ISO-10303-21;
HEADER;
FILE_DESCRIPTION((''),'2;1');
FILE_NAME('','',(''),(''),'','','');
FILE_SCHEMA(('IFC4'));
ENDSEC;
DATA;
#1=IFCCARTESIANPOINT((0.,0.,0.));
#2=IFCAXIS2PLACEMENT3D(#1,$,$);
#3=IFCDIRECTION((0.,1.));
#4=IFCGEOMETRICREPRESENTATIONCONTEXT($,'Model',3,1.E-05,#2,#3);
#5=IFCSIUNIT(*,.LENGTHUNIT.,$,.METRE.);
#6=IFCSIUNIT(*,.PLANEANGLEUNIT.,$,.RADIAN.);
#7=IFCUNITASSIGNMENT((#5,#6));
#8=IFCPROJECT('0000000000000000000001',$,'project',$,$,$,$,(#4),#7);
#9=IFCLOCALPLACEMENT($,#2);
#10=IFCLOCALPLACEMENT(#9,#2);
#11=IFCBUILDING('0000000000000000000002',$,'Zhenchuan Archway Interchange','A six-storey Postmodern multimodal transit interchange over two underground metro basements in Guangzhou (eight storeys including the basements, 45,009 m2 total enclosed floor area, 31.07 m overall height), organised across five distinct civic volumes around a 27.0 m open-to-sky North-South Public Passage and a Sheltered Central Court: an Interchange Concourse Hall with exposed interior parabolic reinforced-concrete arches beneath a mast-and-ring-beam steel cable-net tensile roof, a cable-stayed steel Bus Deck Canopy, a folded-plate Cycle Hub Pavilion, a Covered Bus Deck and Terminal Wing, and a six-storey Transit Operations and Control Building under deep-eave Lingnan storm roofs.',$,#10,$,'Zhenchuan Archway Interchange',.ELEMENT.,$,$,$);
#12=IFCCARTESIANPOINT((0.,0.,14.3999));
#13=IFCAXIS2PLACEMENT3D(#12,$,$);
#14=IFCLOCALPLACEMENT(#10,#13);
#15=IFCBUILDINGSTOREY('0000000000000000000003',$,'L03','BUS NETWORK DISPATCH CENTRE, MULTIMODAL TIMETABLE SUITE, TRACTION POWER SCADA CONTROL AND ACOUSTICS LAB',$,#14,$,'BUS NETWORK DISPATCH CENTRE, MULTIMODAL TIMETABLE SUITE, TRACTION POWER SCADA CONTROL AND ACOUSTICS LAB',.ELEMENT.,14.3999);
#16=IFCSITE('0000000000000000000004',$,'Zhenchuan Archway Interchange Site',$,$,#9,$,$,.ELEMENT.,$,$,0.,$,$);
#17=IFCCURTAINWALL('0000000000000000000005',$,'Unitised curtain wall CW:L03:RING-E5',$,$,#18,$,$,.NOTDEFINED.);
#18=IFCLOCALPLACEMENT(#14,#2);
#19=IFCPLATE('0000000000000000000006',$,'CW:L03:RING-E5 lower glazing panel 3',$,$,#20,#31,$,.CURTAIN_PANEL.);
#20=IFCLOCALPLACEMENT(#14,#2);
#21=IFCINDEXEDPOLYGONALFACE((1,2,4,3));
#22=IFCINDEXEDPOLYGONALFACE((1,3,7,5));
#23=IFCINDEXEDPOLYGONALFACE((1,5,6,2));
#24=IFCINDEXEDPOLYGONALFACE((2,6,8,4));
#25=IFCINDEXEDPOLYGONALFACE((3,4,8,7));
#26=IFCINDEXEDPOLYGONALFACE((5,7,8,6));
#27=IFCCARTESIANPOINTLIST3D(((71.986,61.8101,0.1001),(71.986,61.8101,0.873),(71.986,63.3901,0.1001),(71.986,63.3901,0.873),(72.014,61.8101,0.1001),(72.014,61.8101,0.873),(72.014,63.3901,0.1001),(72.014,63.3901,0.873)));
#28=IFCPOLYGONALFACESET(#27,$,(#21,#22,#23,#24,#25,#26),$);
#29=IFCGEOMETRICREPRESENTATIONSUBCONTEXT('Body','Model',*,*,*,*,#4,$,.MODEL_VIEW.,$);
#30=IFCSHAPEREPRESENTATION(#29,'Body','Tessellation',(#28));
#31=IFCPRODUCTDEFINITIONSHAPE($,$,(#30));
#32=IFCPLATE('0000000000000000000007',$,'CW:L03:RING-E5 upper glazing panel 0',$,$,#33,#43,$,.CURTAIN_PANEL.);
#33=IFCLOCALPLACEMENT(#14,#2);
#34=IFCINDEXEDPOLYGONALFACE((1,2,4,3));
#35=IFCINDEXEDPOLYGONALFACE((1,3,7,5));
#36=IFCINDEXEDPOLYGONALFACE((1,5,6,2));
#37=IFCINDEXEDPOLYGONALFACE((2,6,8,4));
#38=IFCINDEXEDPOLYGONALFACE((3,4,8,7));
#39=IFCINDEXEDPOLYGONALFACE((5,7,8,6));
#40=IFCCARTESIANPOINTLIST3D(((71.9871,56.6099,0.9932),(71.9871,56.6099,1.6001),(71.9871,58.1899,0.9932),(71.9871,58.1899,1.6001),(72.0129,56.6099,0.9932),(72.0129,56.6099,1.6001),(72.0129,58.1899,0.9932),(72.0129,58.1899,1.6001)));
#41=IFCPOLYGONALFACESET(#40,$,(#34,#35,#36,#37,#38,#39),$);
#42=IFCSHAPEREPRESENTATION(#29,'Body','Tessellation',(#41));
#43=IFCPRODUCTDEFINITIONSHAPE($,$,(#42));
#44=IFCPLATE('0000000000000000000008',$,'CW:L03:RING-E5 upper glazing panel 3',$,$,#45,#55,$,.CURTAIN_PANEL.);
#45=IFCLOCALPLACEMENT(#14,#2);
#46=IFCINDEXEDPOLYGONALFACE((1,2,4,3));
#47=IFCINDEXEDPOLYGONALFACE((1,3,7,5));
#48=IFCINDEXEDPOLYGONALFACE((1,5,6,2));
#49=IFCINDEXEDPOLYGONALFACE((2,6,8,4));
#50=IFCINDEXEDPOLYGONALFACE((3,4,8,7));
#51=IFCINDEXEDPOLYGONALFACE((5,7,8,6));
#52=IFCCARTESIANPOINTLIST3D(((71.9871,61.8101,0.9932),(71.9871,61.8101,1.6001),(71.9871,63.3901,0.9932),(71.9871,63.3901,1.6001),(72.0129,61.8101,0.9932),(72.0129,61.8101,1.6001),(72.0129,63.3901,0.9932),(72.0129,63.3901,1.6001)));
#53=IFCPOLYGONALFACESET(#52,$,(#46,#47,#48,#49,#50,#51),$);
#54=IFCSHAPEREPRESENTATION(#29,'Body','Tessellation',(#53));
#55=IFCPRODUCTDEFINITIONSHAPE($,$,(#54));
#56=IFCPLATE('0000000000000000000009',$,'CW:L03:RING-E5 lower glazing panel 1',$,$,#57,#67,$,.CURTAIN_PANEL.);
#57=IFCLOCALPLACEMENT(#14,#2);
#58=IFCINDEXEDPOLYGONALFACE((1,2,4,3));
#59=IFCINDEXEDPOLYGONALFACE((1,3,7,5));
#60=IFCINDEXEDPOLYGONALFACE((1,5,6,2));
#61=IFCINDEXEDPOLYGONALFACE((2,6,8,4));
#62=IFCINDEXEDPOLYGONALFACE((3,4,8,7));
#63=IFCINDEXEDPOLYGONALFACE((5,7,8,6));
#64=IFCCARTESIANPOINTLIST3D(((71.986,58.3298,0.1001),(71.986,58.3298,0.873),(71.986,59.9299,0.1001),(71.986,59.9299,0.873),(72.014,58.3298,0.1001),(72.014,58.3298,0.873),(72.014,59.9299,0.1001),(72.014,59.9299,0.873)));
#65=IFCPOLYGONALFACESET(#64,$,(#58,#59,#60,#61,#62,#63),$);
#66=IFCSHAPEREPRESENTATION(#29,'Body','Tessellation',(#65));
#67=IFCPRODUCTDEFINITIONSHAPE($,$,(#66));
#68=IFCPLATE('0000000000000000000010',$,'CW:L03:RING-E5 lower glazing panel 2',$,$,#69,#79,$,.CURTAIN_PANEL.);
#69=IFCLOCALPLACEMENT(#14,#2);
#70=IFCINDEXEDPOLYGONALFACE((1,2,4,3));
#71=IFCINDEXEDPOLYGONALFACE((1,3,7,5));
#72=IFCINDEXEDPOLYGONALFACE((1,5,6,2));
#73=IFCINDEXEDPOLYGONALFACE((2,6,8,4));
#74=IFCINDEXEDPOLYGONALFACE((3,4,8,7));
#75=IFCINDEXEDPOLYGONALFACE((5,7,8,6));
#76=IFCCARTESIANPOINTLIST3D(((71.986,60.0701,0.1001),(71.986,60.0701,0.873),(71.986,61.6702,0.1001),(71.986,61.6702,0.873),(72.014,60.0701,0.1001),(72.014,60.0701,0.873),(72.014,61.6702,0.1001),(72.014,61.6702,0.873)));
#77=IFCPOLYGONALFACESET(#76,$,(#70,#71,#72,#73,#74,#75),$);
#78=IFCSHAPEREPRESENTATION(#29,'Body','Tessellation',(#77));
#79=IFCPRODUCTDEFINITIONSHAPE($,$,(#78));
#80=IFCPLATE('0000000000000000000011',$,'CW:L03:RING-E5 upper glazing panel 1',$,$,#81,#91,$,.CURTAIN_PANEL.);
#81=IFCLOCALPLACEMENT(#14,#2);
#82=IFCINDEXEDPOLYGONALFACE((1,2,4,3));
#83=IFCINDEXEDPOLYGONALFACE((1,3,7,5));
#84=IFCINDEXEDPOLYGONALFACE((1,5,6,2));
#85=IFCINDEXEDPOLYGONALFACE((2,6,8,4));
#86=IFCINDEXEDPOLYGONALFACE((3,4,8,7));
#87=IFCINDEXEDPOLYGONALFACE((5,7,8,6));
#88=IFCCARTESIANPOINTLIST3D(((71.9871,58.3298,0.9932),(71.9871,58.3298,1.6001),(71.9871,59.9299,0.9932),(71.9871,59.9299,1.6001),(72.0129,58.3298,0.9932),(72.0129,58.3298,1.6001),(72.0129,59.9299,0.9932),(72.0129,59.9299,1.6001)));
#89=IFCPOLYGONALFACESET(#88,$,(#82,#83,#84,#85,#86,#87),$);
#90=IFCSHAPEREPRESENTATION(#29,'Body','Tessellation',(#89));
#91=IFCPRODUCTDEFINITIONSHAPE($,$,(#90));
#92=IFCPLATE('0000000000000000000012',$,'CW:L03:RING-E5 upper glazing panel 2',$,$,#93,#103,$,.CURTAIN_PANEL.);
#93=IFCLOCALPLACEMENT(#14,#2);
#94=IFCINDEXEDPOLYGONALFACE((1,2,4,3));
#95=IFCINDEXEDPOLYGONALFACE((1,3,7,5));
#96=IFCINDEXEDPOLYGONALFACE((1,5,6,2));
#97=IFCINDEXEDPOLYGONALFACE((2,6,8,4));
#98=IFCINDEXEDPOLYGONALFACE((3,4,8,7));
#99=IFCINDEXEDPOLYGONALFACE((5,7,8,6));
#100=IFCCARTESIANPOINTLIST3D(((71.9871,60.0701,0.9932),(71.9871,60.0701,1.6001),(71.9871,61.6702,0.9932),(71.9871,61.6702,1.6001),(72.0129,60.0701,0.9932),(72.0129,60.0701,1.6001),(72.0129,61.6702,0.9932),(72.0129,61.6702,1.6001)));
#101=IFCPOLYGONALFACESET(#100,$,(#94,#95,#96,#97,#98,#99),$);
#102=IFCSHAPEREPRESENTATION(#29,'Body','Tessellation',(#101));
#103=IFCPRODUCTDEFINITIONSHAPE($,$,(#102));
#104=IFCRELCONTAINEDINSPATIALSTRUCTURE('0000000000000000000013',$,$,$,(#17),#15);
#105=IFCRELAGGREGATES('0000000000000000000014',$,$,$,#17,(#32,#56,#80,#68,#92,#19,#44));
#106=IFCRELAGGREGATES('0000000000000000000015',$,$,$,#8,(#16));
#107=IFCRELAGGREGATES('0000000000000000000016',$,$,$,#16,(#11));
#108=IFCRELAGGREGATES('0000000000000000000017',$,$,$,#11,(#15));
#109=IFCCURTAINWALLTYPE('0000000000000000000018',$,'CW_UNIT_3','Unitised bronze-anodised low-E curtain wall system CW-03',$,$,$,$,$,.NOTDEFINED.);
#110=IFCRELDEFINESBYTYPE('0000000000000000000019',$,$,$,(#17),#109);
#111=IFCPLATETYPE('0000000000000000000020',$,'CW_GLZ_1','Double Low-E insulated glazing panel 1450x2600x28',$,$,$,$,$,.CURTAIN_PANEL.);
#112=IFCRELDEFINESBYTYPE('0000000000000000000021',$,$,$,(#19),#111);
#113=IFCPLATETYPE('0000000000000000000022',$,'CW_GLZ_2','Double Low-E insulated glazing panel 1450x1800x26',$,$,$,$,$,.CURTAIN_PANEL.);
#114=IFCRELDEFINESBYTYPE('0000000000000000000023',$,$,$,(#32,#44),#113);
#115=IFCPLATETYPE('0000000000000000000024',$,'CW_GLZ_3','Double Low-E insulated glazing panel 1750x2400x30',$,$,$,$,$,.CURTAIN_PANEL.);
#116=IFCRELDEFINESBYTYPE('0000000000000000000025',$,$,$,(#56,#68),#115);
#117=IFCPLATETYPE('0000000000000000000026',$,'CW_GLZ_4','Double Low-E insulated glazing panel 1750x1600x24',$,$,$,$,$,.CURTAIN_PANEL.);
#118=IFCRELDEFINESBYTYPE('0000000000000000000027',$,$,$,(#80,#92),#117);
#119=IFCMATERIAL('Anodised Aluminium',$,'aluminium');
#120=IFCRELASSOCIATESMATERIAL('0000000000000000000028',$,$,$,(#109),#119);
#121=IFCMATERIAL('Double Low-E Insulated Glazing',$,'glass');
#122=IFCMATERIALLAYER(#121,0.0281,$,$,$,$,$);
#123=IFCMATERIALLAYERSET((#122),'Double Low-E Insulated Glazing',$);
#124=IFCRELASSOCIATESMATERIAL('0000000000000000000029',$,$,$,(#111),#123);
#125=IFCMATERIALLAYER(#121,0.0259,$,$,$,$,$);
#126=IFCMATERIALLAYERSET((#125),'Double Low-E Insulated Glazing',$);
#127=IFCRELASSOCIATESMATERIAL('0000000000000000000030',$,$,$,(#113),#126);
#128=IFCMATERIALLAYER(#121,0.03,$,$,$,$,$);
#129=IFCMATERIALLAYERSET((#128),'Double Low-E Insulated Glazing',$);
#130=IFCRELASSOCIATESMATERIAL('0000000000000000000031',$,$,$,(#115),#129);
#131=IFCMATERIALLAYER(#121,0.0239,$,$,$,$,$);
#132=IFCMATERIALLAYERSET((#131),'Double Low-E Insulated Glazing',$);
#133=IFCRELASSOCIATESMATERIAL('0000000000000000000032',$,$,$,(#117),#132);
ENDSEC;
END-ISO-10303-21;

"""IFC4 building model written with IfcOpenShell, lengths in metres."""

from ifc_helpers import new_model, si_unit, direction, frame, origin, origin_2d, place, context, subcontext, project, spatial, rectangle, extrude, material, layer, layer_set, type_object, element, aggregate, save


model = new_model("IFC4")

# Units and contexts
model_context = context("Model", 3, precision=1e-05, world=origin(), true_north=direction((0.0, 1.0)))
body_context = subcontext(model_context, "Body", "Model", "MODEL_VIEW")
ifc_project = project(units=[si_unit("LENGTHUNIT", "METRE"), si_unit("PLANEANGLEUNIT", "RADIAN")], contexts=[model_context])

# Site, building, storey
site_placement = place(None, origin())
site = spatial("IfcSite", under=ifc_project, at=site_placement, Name="Zhenchuan Archway Interchange Site", CompositionType="ELEMENT", RefElevation=0.0)
building_placement = place(site_placement, origin())
building = spatial("IfcBuilding", under=site, at=building_placement, Name="Zhenchuan Archway Interchange", Description="A six-storey Postmodern multimodal transit interchange over two underground metro basements in Guangzhou (eight storeys including the basements, 45,009 m2 total enclosed floor area, 31.07 m overall height), organised across five distinct civic volumes around a 27.0 m open-to-sky North-South Public Passage and a Sheltered Central Court: an Interchange Concourse Hall with exposed interior parabolic reinforced-concrete arches beneath a mast-and-ring-beam steel cable-net tensile roof, a cable-stayed steel Bus Deck Canopy, a folded-plate Cycle Hub Pavilion, a Covered Bus Deck and Terminal Wing, and a six-storey Transit Operations and Control Building under deep-eave Lingnan storm roofs.", LongName="Zhenchuan Archway Interchange", CompositionType="ELEMENT")
storey_placement = place(building_placement, frame((0.0, 0.0, 14.3999)))
storey = spatial("IfcBuildingStorey", under=building, at=storey_placement, Name="L03", Description="BUS NETWORK DISPATCH CENTRE, MULTIMODAL TIMETABLE SUITE, TRACTION POWER SCADA CONTROL AND ACOUSTICS LAB", LongName="BUS NETWORK DISPATCH CENTRE, MULTIMODAL TIMETABLE SUITE, TRACTION POWER SCADA CONTROL AND ACOUSTICS LAB", CompositionType="ELEMENT", Elevation=14.3999)

# Curtain wall
ifc_material_1 = material(Name="Anodised Aluminium", Category="aluminium")
curtain_wall_type = type_object("IfcCurtainWallType", Name="CW_UNIT_3", Description="Unitised bronze-anodised low-E curtain wall system CW-03", PredefinedType="NOTDEFINED", material=ifc_material_1)
curtain_wall_1_placement = place(storey_placement, origin())
curtain_wall_1 = element("IfcCurtainWall", 1, at=curtain_wall_1_placement, inside=storey, type_object=curtain_wall_type, Name="Unitised curtain wall CW:L03:RING-E5", PredefinedType="NOTDEFINED")

# Plates
ifc_material_2 = material(Name="Double Low-E Insulated Glazing", Category="glass")
ifc_layer_1 = layer(ifc_material_2, 0.0281)
ifc_layer_set_1 = layer_set([ifc_layer_1], Name="Double Low-E Insulated Glazing")
plate_type_1 = type_object("IfcPlateType", Name="CW_GLZ_1", Description="Double Low-E insulated glazing panel 1450x2600x28", PredefinedType="CURTAIN_PANEL", material=ifc_layer_set_1)
plate_1_placement = place(storey_placement, frame((72.0, 62.6001, 0.1001), z_axis=(0.0, 0.0, 1.0), x_axis=(0.0, 1.0, 0.0)))
plate_1 = element("IfcPlate", 2, at=plate_1_placement, type_object=plate_type_1, Name="CW:L03:RING-E5 lower glazing panel 3", PredefinedType="CURTAIN_PANEL", context=body_context, shape_type="SweptSolid", body=[
    extrude(rectangle(XDim=1.5801, YDim=0.0281, at=origin_2d()), origin(), (0.0, 0.0, 1.0), 0.7729),
])
ifc_layer_2 = layer(ifc_material_2, 0.0259)
ifc_layer_set_2 = layer_set([ifc_layer_2], Name="Double Low-E Insulated Glazing")
plate_type_2 = type_object("IfcPlateType", Name="CW_GLZ_2", Description="Double Low-E insulated glazing panel 1450x1800x26", PredefinedType="CURTAIN_PANEL", material=ifc_layer_set_2)
plate_2_placement = place(storey_placement, frame((72.0, 57.3999, 0.9932), z_axis=(0.0, 0.0, 1.0), x_axis=(0.0, 1.0, 0.0)))
plate_2 = element("IfcPlate", 3, at=plate_2_placement, type_object=plate_type_2, Name="CW:L03:RING-E5 upper glazing panel 0", PredefinedType="CURTAIN_PANEL", context=body_context, shape_type="SweptSolid", body=[
    extrude(rectangle(XDim=1.5801, YDim=0.0259, at=origin_2d()), origin(), (0.0, 0.0, 1.0), 0.6069),
])
plate_3_placement = place(storey_placement, frame((72.0, 62.6001, 0.9932), z_axis=(0.0, 0.0, 1.0), x_axis=(0.0, 1.0, 0.0)))
plate_3 = element("IfcPlate", 4, at=plate_3_placement, type_object=plate_type_2, Name="CW:L03:RING-E5 upper glazing panel 3", PredefinedType="CURTAIN_PANEL", context=body_context, shape_type="SweptSolid", body=[
    extrude(rectangle(XDim=1.5801, YDim=0.0259, at=origin_2d()), origin(), (0.0, 0.0, 1.0), 0.6069),
])
ifc_layer_3 = layer(ifc_material_2, 0.03)
ifc_layer_set_3 = layer_set([ifc_layer_3], Name="Double Low-E Insulated Glazing")
plate_type_3 = type_object("IfcPlateType", Name="CW_GLZ_3", Description="Double Low-E insulated glazing panel 1750x2400x30", PredefinedType="CURTAIN_PANEL", material=ifc_layer_set_3)
plate_4_placement = place(storey_placement, frame((72.0, 59.1299, 0.1001), z_axis=(0.0, 0.0, 1.0), x_axis=(0.0, 1.0, 0.0)))
plate_4 = element("IfcPlate", 5, at=plate_4_placement, type_object=plate_type_3, Name="CW:L03:RING-E5 lower glazing panel 1", PredefinedType="CURTAIN_PANEL", context=body_context, shape_type="SweptSolid", body=[
    extrude(rectangle(XDim=1.6001, YDim=0.0281, at=origin_2d()), origin(), (0.0, 0.0, 1.0), 0.7729),
])
plate_5_placement = place(storey_placement, frame((72.0, 60.8701, 0.1001), z_axis=(0.0, 0.0, 1.0), x_axis=(0.0, 1.0, 0.0)))
plate_5 = element("IfcPlate", 6, at=plate_5_placement, type_object=plate_type_3, Name="CW:L03:RING-E5 lower glazing panel 2", PredefinedType="CURTAIN_PANEL", context=body_context, shape_type="SweptSolid", body=[
    extrude(rectangle(XDim=1.6001, YDim=0.0281, at=origin_2d()), origin(), (0.0, 0.0, 1.0), 0.7729),
])
ifc_layer_4 = layer(ifc_material_2, 0.0239)
ifc_layer_set_4 = layer_set([ifc_layer_4], Name="Double Low-E Insulated Glazing")
plate_type_4 = type_object("IfcPlateType", Name="CW_GLZ_4", Description="Double Low-E insulated glazing panel 1750x1600x24", PredefinedType="CURTAIN_PANEL", material=ifc_layer_set_4)
plate_6_placement = place(storey_placement, frame((72.0, 59.1299, 0.9932), z_axis=(0.0, 0.0, 1.0), x_axis=(0.0, 1.0, 0.0)))
plate_6 = element("IfcPlate", 7, at=plate_6_placement, type_object=plate_type_4, Name="CW:L03:RING-E5 upper glazing panel 1", PredefinedType="CURTAIN_PANEL", context=body_context, shape_type="SweptSolid", body=[
    extrude(rectangle(XDim=1.6001, YDim=0.0259, at=origin_2d()), origin(), (0.0, 0.0, 1.0), 0.6069),
])
plate_7_placement = place(storey_placement, frame((72.0, 60.8701, 0.9932), z_axis=(0.0, 0.0, 1.0), x_axis=(0.0, 1.0, 0.0)))
plate_7 = element("IfcPlate", 8, at=plate_7_placement, type_object=plate_type_4, Name="CW:L03:RING-E5 upper glazing panel 2", PredefinedType="CURTAIN_PANEL", context=body_context, shape_type="SweptSolid", body=[
    extrude(rectangle(XDim=1.6001, YDim=0.0259, at=origin_2d()), origin(), (0.0, 0.0, 1.0), 0.6069),
])
aggregate(curtain_wall_1, [plate_2, plate_4, plate_6, plate_5, plate_7, plate_1, plate_3])

save(model, "model.ifc")
